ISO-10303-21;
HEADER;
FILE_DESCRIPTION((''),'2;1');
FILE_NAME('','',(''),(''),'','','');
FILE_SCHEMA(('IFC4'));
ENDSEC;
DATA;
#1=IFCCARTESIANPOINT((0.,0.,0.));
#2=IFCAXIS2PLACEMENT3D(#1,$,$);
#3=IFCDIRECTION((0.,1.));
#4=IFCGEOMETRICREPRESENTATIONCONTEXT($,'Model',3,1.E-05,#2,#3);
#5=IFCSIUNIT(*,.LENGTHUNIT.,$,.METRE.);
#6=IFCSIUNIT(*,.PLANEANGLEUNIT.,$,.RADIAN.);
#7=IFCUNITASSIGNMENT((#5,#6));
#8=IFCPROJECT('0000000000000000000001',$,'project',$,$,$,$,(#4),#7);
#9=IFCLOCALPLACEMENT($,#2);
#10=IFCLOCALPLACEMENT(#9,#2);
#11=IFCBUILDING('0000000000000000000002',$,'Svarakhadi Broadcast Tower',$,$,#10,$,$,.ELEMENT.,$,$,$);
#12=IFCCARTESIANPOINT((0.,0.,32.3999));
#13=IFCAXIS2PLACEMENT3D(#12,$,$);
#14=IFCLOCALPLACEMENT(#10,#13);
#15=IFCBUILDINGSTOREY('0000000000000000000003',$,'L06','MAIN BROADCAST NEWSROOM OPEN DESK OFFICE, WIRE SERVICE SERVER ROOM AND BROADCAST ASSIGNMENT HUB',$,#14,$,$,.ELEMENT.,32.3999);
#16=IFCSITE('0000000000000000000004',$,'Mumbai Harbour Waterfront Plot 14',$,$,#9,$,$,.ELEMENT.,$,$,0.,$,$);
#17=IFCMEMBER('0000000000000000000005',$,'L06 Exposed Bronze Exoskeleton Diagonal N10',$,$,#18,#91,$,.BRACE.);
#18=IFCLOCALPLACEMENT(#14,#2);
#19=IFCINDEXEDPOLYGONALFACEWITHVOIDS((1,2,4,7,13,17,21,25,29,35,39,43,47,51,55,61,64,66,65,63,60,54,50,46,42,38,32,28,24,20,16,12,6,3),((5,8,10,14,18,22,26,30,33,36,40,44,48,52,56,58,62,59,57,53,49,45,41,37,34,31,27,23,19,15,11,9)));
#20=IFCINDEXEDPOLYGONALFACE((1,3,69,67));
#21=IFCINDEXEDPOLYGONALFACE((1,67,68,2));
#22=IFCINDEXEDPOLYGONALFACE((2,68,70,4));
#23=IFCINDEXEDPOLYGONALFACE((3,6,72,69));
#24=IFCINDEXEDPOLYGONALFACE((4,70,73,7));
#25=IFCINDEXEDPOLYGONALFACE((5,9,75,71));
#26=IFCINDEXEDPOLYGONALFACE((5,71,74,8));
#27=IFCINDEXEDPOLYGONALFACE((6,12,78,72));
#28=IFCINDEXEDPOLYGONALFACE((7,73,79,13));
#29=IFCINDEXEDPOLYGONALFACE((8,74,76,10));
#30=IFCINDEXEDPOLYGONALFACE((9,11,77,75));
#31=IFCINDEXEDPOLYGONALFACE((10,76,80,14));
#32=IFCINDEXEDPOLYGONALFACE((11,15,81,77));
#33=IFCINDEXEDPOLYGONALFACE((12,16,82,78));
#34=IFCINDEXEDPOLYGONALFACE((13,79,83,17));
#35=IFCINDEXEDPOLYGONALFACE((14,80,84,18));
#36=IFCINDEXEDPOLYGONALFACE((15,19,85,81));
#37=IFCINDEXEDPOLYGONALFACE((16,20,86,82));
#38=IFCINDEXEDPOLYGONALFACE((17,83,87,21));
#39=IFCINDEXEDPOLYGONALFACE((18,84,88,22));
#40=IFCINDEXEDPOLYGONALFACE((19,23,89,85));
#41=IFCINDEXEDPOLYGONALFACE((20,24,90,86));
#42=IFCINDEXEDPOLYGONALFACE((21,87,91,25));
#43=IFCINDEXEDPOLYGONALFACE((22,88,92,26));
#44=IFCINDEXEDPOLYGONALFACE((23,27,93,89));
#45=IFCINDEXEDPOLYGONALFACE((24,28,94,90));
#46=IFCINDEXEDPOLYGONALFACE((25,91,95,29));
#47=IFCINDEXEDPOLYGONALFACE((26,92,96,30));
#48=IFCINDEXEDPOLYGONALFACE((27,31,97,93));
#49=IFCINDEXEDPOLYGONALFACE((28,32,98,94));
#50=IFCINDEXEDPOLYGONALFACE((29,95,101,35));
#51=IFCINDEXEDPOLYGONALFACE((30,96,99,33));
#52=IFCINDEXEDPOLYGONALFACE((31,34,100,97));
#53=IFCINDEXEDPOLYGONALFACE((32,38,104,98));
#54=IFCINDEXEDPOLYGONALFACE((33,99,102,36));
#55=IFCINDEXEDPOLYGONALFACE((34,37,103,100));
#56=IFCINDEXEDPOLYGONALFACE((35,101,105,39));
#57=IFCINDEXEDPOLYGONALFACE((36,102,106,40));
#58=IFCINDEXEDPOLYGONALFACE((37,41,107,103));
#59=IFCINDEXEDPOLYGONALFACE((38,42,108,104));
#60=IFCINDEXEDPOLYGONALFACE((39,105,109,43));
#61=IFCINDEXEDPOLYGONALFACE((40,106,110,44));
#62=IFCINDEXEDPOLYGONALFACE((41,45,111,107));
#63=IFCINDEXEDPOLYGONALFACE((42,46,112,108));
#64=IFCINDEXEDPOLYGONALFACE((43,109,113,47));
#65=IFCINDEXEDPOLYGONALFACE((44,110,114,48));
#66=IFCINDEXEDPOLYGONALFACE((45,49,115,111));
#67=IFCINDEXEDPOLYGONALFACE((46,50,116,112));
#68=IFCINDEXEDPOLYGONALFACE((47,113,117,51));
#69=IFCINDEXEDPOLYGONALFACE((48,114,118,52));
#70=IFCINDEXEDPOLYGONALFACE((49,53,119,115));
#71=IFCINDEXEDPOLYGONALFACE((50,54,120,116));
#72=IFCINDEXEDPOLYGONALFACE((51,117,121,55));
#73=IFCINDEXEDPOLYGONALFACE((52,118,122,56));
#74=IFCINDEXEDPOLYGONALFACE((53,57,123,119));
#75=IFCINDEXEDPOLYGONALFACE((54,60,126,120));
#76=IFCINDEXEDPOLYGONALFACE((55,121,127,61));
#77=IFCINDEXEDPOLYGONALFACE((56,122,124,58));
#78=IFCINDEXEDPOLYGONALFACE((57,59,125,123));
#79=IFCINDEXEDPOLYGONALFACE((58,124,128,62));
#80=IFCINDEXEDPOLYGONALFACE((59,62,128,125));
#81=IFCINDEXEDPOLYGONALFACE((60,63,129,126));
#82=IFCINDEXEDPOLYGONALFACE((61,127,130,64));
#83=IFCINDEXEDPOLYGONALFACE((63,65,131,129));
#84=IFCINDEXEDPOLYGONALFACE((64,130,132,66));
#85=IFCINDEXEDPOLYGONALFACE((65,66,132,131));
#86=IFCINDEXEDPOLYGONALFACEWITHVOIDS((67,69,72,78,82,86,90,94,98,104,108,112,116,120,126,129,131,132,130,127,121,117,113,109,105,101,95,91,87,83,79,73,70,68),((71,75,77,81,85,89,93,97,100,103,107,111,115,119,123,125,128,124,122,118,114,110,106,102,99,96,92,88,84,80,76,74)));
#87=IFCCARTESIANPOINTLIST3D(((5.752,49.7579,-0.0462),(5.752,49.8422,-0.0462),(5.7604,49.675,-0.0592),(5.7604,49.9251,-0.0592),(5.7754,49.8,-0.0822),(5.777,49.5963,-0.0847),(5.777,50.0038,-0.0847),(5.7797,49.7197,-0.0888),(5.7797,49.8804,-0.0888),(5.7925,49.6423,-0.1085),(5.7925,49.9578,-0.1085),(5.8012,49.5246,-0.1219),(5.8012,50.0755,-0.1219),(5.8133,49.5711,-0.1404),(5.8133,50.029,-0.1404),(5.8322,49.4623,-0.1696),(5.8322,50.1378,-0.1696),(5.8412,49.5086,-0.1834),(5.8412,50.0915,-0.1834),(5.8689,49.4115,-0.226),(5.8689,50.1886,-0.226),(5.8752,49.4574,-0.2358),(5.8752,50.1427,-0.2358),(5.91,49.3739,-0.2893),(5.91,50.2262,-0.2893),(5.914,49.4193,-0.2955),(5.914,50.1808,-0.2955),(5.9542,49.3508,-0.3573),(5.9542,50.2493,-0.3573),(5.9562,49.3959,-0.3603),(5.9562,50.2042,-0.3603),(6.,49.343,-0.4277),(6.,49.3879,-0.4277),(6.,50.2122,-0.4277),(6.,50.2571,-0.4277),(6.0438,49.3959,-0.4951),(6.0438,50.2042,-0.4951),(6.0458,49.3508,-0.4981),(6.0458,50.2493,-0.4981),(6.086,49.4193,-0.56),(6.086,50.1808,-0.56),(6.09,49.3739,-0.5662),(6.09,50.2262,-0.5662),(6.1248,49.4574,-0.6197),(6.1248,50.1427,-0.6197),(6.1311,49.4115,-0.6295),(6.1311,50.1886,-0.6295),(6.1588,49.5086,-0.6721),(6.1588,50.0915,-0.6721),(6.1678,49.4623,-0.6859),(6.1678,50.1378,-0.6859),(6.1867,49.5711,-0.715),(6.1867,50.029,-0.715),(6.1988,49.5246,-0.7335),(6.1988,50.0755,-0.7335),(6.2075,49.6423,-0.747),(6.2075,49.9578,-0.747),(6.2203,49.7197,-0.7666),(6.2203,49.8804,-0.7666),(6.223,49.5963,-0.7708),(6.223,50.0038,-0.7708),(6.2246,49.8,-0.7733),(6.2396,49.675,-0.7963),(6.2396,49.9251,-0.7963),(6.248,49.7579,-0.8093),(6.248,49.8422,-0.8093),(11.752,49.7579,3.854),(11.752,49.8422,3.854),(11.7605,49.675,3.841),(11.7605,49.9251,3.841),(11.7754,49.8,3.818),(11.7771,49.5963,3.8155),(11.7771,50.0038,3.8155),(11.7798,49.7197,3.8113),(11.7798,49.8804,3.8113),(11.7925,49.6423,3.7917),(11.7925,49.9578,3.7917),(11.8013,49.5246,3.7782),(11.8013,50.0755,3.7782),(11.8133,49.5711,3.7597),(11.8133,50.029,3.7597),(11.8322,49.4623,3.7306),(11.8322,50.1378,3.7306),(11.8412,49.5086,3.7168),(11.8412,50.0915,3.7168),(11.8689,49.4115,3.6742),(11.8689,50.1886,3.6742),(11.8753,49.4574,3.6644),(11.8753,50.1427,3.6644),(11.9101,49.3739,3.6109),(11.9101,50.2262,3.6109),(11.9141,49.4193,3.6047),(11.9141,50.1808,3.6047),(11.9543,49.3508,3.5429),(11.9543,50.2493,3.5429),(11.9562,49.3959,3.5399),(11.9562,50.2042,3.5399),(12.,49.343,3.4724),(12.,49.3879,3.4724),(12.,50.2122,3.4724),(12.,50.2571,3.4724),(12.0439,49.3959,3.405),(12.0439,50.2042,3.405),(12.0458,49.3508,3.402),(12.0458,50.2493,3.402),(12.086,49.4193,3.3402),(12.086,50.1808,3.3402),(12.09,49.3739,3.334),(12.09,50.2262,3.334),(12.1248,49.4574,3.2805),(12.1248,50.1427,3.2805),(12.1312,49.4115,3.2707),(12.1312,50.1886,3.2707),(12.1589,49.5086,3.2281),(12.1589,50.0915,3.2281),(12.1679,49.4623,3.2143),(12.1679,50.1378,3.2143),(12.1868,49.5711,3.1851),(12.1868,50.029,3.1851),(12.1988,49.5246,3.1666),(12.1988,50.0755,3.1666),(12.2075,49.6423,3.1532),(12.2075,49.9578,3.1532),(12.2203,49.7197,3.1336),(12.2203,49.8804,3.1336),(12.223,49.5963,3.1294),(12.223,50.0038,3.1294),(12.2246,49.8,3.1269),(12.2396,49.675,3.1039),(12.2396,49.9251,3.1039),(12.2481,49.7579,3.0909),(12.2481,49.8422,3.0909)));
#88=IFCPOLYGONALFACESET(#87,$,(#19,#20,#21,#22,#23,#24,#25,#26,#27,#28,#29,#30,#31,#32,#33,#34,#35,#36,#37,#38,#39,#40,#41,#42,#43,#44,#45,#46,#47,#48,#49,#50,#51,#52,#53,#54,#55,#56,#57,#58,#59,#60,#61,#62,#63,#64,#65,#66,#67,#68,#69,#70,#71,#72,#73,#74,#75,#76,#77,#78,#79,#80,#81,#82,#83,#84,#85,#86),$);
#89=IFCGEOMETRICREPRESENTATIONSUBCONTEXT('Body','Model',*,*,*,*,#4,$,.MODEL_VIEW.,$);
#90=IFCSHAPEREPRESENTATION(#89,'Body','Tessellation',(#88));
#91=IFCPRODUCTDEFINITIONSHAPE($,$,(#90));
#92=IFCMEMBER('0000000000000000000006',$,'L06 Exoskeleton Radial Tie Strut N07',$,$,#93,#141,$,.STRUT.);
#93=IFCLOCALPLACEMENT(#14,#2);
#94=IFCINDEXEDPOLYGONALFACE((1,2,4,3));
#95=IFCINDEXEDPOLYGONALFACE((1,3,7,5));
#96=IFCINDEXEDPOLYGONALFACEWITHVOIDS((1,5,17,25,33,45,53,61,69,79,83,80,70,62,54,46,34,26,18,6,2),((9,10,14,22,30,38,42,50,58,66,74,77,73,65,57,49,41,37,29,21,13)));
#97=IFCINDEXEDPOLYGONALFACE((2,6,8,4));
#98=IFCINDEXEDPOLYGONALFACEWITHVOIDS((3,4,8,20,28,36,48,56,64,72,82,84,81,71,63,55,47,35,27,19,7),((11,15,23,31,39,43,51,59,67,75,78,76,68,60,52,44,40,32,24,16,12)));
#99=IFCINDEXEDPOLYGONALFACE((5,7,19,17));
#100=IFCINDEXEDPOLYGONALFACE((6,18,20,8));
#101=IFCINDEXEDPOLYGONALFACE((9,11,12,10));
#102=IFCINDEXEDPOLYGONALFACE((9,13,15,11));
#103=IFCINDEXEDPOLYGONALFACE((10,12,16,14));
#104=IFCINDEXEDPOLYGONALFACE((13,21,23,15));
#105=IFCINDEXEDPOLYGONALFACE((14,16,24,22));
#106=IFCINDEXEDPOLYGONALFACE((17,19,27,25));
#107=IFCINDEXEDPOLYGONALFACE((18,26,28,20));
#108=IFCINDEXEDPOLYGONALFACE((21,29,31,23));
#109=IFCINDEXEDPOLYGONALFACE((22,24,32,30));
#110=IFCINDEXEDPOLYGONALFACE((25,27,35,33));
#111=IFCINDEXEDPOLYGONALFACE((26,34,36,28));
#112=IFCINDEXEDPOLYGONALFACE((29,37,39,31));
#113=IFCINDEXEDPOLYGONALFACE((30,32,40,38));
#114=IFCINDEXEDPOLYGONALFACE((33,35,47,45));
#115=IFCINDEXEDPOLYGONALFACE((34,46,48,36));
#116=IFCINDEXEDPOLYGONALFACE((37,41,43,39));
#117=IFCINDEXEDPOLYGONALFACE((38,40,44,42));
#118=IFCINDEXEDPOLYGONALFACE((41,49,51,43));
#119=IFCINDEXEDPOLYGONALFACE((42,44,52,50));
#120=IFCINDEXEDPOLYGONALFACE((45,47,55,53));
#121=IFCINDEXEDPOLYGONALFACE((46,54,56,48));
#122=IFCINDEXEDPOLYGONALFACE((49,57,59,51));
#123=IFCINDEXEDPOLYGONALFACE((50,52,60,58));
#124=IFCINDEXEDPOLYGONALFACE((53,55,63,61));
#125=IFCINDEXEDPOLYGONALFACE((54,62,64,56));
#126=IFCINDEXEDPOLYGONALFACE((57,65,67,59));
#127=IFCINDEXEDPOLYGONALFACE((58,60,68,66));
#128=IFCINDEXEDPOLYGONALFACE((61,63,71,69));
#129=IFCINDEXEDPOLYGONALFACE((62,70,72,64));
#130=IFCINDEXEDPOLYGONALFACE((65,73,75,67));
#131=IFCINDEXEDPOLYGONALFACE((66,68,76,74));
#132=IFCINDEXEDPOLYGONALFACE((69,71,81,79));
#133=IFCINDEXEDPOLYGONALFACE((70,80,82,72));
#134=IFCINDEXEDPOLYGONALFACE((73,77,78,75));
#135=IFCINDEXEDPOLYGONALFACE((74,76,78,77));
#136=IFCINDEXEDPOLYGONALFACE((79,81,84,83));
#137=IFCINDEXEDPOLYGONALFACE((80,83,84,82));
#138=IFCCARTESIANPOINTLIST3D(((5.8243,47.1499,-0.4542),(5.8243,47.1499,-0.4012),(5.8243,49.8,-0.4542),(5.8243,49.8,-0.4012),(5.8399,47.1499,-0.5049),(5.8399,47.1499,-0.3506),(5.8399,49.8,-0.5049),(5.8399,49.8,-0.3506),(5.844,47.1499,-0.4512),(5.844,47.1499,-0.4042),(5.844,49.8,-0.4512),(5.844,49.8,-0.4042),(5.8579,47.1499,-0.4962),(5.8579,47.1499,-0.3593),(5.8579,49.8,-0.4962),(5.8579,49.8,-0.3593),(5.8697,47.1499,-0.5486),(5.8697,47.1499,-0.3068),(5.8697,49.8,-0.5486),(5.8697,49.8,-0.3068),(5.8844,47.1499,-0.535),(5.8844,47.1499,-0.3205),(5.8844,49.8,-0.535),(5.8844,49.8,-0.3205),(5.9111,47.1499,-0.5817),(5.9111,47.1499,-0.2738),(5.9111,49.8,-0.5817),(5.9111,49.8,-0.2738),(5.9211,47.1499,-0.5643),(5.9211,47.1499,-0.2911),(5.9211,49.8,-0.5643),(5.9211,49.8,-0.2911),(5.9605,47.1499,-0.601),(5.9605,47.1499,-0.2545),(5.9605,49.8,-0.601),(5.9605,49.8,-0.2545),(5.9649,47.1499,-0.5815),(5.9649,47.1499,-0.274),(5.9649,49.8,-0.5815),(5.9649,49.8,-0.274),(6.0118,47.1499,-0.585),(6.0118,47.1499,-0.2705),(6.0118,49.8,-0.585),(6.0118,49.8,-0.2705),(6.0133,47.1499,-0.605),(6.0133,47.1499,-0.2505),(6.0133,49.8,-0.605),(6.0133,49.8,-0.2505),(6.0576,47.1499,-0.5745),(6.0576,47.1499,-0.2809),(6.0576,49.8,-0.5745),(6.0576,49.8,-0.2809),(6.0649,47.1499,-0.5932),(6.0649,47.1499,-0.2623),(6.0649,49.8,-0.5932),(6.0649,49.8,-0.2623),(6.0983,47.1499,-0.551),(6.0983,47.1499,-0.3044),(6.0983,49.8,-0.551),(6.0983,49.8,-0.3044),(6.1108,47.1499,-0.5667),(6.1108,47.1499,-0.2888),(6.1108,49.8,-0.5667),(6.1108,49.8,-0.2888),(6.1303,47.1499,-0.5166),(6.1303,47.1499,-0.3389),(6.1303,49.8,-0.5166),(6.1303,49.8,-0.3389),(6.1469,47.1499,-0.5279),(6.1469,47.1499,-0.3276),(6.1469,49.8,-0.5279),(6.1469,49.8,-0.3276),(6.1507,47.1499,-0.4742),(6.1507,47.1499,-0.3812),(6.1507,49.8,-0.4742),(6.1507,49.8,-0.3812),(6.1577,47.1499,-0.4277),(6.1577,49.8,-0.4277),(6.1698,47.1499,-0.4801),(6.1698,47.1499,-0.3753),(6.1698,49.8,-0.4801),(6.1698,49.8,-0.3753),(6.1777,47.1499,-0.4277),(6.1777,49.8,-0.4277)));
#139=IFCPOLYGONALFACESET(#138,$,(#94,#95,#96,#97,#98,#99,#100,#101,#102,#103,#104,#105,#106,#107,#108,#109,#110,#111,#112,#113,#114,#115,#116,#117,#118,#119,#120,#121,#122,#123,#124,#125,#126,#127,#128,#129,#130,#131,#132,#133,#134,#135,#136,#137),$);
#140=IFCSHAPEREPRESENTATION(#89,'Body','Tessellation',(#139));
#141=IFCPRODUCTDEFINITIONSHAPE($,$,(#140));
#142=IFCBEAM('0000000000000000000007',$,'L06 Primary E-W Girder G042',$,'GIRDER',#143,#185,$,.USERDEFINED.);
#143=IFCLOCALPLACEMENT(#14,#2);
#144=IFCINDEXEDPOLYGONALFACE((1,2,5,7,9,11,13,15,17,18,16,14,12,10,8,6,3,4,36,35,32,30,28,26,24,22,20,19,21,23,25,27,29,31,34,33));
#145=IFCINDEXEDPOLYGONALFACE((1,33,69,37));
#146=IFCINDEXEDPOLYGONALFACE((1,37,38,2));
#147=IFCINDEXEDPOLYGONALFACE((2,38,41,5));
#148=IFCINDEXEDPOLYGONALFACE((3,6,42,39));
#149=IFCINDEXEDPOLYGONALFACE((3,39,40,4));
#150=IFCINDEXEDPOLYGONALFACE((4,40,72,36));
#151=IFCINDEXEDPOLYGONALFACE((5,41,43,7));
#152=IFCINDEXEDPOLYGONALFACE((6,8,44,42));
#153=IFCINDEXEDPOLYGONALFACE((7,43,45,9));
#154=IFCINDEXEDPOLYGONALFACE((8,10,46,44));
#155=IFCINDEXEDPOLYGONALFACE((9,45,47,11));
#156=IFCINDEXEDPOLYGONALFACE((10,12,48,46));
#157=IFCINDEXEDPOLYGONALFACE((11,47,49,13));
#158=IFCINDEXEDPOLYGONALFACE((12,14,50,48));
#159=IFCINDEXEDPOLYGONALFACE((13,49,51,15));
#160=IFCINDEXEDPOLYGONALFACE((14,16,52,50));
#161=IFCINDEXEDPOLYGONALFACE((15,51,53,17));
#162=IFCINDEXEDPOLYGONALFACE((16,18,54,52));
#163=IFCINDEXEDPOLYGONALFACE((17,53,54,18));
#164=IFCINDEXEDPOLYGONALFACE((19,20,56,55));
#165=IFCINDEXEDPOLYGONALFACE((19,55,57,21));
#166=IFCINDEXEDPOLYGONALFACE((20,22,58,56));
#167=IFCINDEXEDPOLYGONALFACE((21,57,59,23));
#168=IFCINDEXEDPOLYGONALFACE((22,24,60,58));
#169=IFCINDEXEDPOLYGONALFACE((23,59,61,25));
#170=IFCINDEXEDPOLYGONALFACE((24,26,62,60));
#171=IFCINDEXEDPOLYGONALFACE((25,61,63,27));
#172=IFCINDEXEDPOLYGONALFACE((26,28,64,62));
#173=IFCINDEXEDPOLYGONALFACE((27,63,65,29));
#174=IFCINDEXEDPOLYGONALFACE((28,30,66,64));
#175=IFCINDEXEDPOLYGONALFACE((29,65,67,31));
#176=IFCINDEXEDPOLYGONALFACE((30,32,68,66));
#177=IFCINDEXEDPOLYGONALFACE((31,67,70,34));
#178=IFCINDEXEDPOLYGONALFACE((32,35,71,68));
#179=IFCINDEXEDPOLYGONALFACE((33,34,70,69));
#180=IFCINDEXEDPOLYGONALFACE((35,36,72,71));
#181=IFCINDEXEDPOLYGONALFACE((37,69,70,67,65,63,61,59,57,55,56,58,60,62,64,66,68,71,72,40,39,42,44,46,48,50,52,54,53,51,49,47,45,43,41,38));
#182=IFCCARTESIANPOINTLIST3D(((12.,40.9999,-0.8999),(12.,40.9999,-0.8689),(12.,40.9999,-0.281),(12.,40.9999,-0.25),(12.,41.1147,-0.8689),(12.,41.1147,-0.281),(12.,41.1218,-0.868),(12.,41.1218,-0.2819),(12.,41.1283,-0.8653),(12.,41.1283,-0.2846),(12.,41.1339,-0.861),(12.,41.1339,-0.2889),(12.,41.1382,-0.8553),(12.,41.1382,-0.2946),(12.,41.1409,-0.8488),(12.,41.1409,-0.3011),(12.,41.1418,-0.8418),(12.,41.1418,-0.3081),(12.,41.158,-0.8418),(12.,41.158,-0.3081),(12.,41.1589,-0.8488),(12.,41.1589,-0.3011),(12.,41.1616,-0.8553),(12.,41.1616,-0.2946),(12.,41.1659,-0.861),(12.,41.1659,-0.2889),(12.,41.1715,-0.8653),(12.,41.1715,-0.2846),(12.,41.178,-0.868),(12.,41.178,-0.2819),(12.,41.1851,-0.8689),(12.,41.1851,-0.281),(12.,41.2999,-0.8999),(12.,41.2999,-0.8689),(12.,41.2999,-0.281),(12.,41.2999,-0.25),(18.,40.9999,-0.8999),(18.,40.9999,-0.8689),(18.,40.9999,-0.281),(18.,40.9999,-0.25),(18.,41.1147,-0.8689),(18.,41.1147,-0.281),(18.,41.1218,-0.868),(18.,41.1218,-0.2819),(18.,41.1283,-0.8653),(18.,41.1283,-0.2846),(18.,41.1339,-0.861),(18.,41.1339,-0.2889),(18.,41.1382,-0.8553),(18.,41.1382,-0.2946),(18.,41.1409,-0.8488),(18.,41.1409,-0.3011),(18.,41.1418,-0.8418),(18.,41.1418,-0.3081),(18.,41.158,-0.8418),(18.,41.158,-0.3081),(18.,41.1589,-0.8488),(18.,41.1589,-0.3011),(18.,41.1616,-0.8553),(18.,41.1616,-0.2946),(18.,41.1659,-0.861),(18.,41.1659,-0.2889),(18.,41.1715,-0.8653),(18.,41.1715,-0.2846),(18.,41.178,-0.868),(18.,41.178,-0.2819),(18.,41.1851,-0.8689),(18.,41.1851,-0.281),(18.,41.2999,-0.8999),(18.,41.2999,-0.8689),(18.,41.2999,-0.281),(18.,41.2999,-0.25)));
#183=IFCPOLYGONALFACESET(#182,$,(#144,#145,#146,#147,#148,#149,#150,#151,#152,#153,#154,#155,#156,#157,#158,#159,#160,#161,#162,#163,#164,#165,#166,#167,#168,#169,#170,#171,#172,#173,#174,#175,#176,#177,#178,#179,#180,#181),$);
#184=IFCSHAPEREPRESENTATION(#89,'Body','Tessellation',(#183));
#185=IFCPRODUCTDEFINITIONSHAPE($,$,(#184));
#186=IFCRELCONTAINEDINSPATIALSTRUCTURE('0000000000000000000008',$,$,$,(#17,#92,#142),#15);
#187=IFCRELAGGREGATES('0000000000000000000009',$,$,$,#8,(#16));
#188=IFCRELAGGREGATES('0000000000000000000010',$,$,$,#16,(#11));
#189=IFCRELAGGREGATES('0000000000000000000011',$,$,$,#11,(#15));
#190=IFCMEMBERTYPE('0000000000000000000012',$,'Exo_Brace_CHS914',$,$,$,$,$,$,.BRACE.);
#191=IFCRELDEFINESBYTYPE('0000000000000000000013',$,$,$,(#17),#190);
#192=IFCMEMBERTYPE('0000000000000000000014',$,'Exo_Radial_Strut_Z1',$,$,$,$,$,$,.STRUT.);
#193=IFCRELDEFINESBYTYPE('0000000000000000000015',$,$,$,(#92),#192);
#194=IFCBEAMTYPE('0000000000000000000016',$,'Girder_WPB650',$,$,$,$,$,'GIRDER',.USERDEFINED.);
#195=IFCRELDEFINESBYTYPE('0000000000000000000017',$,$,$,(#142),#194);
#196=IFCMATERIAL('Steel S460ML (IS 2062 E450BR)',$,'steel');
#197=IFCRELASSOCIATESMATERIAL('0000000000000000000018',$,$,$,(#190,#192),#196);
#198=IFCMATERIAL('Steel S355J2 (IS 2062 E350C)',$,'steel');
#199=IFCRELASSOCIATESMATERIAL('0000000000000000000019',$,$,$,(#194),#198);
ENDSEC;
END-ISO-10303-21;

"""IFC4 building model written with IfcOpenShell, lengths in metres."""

from ifc_helpers import new_model, si_unit, direction, frame, origin, origin_2d, place, context, subcontext, project, spatial, hollow_circle, i_section, extrude, material, material_profile, profile_set, type_object, element, save


model = new_model("IFC4")

# Units and contexts
model_context = context("Model", 3, precision=1e-05, world=origin(), true_north=direction((0.0, 1.0)))
body_context = subcontext(model_context, "Body", "Model", "MODEL_VIEW")
ifc_project = project(units=[si_unit("LENGTHUNIT", "METRE"), si_unit("PLANEANGLEUNIT", "RADIAN")], contexts=[model_context])

# Site, building, storey
site_placement = place(None, origin())
site = spatial("IfcSite", under=ifc_project, at=site_placement, Name="Mumbai Harbour Waterfront Plot 14", CompositionType="ELEMENT", RefElevation=0.0)
building_placement = place(site_placement, origin())
building = spatial("IfcBuilding", under=site, at=building_placement, Name="Svarakhadi Broadcast Tower", CompositionType="ELEMENT")
storey_placement = place(building_placement, frame((0.0, 0.0, 32.3999)))
storey = spatial("IfcBuildingStorey", under=building, at=storey_placement, Name="L06", Description="MAIN BROADCAST NEWSROOM OPEN DESK OFFICE, WIRE SERVICE SERVER ROOM AND BROADCAST ASSIGNMENT HUB", CompositionType="ELEMENT", Elevation=32.3999)

# Shared definitions
ifc_material_1 = material(Name="Steel S460ML (IS 2062 E450BR)", Category="steel")

# Shared definitions
ifc_material_2 = material(Name="Steel S355J2 (IS 2062 E350C)", Category="steel")

# Members
ifc_material_profile_1 = material_profile(ifc_material_1, hollow_circle(Radius=0.457, WallThickness=0.0449, at=origin_2d()), Name="CHS 914x45")
ifc_profile_set_1 = profile_set([ifc_material_profile_1], Name="Steel S460ML (IS 2062 E450BR)")
member_type_1 = type_object("IfcMemberType", Name="Exo_Brace_CHS914", PredefinedType="BRACE", material=ifc_profile_set_1)
member_1_placement = place(storey_placement, frame((6.0, 49.8, -0.4277), z_axis=(0.838434, 0.0, 0.545003), x_axis=(0.0, 1.0, 0.0)))
element("IfcMember", 1, at=member_1_placement, inside=storey, type_object=member_type_1, Name="L06 Exposed Bronze Exoskeleton Diagonal N10", PredefinedType="BRACE", context=body_context, shape_type="SweptSolid", body=[
    extrude(hollow_circle(Radius=0.457, WallThickness=0.0449, at=origin_2d()), origin(), (0.0, 0.0, 1.0), 7.1562),
])
ifc_material_profile_2 = material_profile(ifc_material_1, hollow_circle(Radius=0.1777, WallThickness=0.02, at=origin_2d()), Name="CHS 355.6x20")
ifc_profile_set_2 = profile_set([ifc_material_profile_2], Name="Steel S460ML (IS 2062 E450BR)")
member_type_2 = type_object("IfcMemberType", Name="Exo_Radial_Strut_Z1", PredefinedType="STRUT", material=ifc_profile_set_2)
member_2_placement = place(storey_placement, frame((6.0, 49.8, -0.4277), z_axis=(0.0, -1.0, 0.0), x_axis=(1.0, 0.0, 0.0)))
element("IfcMember", 2, at=member_2_placement, inside=storey, type_object=member_type_2, Name="L06 Exoskeleton Radial Tie Strut N07", PredefinedType="STRUT", context=body_context, shape_type="SweptSolid", body=[
    extrude(hollow_circle(Radius=0.1777, WallThickness=0.02, at=origin_2d()), origin(), (0.0, 0.0, 1.0), 2.6501),
])

# Beam
ifc_material_profile_3 = material_profile(ifc_material_2, i_section(OverallWidth=0.3, OverallDepth=0.6499, WebThickness=0.0161, FlangeThickness=0.031, FilletRadius=0.0271, at=origin_2d()), Name="WPB 650x300x225")
ifc_profile_set_3 = profile_set([ifc_material_profile_3], Name="Steel S355J2 (IS 2062 E350C)")
beam_type_1 = type_object("IfcBeamType", Name="Girder_WPB650", ElementType="GIRDER", PredefinedType="USERDEFINED", material=ifc_profile_set_3)
for number, where, z_axis, x_axis, name in (
    (3, (12.0, 41.1499, -0.575), (1.0, 0.0, 0.0), (0.0, 1.0, 0.0), "L06 Primary E-W Girder G042"),
):
    element("IfcBeam", number, at=place(storey_placement, frame(where, z_axis=z_axis, x_axis=x_axis)), inside=storey, type_object=beam_type_1, Name=name, ObjectType="GIRDER", PredefinedType="USERDEFINED", context=body_context, shape_type="SweptSolid", body=[
        extrude(i_section(OverallWidth=0.3, OverallDepth=0.6499, WebThickness=0.0161, FlangeThickness=0.031, FilletRadius=0.0271, at=origin_2d()), origin(), (0.0, 0.0, 1.0), 6.0),
    ])

save(model, "model.ifc")
